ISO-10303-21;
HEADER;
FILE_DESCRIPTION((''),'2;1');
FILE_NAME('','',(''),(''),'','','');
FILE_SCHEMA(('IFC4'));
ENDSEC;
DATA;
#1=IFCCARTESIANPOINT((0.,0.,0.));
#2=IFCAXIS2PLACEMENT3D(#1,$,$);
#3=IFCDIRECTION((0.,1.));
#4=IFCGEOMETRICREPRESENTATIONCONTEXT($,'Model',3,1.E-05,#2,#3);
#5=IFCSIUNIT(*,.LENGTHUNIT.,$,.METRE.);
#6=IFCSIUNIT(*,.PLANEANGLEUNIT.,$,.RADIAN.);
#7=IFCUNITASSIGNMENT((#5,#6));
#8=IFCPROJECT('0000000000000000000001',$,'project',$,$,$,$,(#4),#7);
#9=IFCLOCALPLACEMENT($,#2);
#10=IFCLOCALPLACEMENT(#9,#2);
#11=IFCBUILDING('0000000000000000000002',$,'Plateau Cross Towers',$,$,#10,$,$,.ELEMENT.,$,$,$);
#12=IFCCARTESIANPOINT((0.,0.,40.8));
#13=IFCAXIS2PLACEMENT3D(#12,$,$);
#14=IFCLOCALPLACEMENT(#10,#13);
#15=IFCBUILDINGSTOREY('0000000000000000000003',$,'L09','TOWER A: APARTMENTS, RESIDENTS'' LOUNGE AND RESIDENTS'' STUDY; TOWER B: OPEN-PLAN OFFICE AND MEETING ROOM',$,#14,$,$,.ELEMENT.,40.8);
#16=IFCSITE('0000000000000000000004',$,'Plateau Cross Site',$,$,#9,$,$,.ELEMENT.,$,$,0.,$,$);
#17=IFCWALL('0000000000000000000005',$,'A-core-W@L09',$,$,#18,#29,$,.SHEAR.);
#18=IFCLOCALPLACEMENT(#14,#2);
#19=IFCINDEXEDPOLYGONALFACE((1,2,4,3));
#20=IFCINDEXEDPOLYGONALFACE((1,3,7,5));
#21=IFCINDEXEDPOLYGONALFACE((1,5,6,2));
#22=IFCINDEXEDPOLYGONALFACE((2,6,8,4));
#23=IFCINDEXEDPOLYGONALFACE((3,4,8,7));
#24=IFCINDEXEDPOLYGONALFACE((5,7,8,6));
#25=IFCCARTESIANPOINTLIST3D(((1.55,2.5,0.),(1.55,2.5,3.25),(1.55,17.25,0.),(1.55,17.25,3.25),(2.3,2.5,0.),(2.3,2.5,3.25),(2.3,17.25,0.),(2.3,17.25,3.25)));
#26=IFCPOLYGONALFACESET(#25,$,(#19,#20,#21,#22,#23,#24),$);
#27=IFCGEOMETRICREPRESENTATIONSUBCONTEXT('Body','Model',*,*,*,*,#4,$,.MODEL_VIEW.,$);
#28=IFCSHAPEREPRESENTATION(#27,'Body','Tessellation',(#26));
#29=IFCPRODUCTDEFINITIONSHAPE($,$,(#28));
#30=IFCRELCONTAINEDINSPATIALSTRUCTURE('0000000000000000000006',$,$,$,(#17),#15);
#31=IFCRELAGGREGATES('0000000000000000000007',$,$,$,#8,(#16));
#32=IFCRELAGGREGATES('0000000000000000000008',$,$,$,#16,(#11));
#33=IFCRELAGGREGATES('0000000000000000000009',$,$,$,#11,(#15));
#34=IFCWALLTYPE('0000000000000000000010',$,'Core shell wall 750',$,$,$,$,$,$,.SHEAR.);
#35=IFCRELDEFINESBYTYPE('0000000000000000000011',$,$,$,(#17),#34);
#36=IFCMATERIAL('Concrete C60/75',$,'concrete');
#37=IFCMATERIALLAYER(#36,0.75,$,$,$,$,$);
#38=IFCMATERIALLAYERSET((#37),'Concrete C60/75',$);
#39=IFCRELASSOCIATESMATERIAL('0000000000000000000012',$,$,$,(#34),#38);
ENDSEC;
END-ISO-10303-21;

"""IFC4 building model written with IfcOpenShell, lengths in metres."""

from ifc_helpers import new_model, si_unit, direction, frame, frame_2d, origin, place, context, subcontext, project, spatial, rectangle, extrude, material, layer, layer_set, type_object, element, save


model = new_model("IFC4")

# Units and contexts
model_context = context("Model", 3, precision=1e-05, world=origin(), true_north=direction((0.0, 1.0)))
body_context = subcontext(model_context, "Body", "Model", "MODEL_VIEW")
ifc_project = project(units=[si_unit("LENGTHUNIT", "METRE"), si_unit("PLANEANGLEUNIT", "RADIAN")], contexts=[model_context])

# Site, building, storey
site_placement = place(None, origin())
site = spatial("IfcSite", under=ifc_project, at=site_placement, Name="Plateau Cross Site", CompositionType="ELEMENT", RefElevation=0.0)
building_placement = place(site_placement, origin())
building = spatial("IfcBuilding", under=site, at=building_placement, Name="Plateau Cross Towers", CompositionType="ELEMENT")
storey_placement = place(building_placement, frame((0.0, 0.0, 40.8)))
storey = spatial("IfcBuildingStorey", under=building, at=storey_placement, Name="L09", Description="TOWER A: APARTMENTS, RESIDENTS' LOUNGE AND RESIDENTS' STUDY; TOWER B: OPEN-PLAN OFFICE AND MEETING ROOM", CompositionType="ELEMENT", Elevation=40.8)

# Shared definitions
ifc_material_1 = material(Name="Concrete C60/75", Category="concrete")

# Wall
ifc_layer_1 = layer(ifc_material_1, 0.75)
ifc_layer_set_1 = layer_set([ifc_layer_1], Name="Concrete C60/75")
wall_type_1 = type_object("IfcWallType", Name="Core shell wall 750", PredefinedType="SHEAR", material=ifc_layer_set_1)
wall_1_placement = place(storey_placement, frame((1.925, 2.5, 0.0), z_axis=(0.0, 0.0, 1.0), x_axis=(0.0, 1.0, 0.0)))
element("IfcWall", 1, at=wall_1_placement, inside=storey, type_object=wall_type_1, Name="A-core-W@L09", PredefinedType="SHEAR", context=body_context, shape_type="SweptSolid", body=[
    extrude(rectangle(XDim=14.75, YDim=0.75, at=frame_2d((7.375, 0.0))), origin(), (0.0, 0.0, 1.0), 3.25),
])

save(model, "model.ifc")
